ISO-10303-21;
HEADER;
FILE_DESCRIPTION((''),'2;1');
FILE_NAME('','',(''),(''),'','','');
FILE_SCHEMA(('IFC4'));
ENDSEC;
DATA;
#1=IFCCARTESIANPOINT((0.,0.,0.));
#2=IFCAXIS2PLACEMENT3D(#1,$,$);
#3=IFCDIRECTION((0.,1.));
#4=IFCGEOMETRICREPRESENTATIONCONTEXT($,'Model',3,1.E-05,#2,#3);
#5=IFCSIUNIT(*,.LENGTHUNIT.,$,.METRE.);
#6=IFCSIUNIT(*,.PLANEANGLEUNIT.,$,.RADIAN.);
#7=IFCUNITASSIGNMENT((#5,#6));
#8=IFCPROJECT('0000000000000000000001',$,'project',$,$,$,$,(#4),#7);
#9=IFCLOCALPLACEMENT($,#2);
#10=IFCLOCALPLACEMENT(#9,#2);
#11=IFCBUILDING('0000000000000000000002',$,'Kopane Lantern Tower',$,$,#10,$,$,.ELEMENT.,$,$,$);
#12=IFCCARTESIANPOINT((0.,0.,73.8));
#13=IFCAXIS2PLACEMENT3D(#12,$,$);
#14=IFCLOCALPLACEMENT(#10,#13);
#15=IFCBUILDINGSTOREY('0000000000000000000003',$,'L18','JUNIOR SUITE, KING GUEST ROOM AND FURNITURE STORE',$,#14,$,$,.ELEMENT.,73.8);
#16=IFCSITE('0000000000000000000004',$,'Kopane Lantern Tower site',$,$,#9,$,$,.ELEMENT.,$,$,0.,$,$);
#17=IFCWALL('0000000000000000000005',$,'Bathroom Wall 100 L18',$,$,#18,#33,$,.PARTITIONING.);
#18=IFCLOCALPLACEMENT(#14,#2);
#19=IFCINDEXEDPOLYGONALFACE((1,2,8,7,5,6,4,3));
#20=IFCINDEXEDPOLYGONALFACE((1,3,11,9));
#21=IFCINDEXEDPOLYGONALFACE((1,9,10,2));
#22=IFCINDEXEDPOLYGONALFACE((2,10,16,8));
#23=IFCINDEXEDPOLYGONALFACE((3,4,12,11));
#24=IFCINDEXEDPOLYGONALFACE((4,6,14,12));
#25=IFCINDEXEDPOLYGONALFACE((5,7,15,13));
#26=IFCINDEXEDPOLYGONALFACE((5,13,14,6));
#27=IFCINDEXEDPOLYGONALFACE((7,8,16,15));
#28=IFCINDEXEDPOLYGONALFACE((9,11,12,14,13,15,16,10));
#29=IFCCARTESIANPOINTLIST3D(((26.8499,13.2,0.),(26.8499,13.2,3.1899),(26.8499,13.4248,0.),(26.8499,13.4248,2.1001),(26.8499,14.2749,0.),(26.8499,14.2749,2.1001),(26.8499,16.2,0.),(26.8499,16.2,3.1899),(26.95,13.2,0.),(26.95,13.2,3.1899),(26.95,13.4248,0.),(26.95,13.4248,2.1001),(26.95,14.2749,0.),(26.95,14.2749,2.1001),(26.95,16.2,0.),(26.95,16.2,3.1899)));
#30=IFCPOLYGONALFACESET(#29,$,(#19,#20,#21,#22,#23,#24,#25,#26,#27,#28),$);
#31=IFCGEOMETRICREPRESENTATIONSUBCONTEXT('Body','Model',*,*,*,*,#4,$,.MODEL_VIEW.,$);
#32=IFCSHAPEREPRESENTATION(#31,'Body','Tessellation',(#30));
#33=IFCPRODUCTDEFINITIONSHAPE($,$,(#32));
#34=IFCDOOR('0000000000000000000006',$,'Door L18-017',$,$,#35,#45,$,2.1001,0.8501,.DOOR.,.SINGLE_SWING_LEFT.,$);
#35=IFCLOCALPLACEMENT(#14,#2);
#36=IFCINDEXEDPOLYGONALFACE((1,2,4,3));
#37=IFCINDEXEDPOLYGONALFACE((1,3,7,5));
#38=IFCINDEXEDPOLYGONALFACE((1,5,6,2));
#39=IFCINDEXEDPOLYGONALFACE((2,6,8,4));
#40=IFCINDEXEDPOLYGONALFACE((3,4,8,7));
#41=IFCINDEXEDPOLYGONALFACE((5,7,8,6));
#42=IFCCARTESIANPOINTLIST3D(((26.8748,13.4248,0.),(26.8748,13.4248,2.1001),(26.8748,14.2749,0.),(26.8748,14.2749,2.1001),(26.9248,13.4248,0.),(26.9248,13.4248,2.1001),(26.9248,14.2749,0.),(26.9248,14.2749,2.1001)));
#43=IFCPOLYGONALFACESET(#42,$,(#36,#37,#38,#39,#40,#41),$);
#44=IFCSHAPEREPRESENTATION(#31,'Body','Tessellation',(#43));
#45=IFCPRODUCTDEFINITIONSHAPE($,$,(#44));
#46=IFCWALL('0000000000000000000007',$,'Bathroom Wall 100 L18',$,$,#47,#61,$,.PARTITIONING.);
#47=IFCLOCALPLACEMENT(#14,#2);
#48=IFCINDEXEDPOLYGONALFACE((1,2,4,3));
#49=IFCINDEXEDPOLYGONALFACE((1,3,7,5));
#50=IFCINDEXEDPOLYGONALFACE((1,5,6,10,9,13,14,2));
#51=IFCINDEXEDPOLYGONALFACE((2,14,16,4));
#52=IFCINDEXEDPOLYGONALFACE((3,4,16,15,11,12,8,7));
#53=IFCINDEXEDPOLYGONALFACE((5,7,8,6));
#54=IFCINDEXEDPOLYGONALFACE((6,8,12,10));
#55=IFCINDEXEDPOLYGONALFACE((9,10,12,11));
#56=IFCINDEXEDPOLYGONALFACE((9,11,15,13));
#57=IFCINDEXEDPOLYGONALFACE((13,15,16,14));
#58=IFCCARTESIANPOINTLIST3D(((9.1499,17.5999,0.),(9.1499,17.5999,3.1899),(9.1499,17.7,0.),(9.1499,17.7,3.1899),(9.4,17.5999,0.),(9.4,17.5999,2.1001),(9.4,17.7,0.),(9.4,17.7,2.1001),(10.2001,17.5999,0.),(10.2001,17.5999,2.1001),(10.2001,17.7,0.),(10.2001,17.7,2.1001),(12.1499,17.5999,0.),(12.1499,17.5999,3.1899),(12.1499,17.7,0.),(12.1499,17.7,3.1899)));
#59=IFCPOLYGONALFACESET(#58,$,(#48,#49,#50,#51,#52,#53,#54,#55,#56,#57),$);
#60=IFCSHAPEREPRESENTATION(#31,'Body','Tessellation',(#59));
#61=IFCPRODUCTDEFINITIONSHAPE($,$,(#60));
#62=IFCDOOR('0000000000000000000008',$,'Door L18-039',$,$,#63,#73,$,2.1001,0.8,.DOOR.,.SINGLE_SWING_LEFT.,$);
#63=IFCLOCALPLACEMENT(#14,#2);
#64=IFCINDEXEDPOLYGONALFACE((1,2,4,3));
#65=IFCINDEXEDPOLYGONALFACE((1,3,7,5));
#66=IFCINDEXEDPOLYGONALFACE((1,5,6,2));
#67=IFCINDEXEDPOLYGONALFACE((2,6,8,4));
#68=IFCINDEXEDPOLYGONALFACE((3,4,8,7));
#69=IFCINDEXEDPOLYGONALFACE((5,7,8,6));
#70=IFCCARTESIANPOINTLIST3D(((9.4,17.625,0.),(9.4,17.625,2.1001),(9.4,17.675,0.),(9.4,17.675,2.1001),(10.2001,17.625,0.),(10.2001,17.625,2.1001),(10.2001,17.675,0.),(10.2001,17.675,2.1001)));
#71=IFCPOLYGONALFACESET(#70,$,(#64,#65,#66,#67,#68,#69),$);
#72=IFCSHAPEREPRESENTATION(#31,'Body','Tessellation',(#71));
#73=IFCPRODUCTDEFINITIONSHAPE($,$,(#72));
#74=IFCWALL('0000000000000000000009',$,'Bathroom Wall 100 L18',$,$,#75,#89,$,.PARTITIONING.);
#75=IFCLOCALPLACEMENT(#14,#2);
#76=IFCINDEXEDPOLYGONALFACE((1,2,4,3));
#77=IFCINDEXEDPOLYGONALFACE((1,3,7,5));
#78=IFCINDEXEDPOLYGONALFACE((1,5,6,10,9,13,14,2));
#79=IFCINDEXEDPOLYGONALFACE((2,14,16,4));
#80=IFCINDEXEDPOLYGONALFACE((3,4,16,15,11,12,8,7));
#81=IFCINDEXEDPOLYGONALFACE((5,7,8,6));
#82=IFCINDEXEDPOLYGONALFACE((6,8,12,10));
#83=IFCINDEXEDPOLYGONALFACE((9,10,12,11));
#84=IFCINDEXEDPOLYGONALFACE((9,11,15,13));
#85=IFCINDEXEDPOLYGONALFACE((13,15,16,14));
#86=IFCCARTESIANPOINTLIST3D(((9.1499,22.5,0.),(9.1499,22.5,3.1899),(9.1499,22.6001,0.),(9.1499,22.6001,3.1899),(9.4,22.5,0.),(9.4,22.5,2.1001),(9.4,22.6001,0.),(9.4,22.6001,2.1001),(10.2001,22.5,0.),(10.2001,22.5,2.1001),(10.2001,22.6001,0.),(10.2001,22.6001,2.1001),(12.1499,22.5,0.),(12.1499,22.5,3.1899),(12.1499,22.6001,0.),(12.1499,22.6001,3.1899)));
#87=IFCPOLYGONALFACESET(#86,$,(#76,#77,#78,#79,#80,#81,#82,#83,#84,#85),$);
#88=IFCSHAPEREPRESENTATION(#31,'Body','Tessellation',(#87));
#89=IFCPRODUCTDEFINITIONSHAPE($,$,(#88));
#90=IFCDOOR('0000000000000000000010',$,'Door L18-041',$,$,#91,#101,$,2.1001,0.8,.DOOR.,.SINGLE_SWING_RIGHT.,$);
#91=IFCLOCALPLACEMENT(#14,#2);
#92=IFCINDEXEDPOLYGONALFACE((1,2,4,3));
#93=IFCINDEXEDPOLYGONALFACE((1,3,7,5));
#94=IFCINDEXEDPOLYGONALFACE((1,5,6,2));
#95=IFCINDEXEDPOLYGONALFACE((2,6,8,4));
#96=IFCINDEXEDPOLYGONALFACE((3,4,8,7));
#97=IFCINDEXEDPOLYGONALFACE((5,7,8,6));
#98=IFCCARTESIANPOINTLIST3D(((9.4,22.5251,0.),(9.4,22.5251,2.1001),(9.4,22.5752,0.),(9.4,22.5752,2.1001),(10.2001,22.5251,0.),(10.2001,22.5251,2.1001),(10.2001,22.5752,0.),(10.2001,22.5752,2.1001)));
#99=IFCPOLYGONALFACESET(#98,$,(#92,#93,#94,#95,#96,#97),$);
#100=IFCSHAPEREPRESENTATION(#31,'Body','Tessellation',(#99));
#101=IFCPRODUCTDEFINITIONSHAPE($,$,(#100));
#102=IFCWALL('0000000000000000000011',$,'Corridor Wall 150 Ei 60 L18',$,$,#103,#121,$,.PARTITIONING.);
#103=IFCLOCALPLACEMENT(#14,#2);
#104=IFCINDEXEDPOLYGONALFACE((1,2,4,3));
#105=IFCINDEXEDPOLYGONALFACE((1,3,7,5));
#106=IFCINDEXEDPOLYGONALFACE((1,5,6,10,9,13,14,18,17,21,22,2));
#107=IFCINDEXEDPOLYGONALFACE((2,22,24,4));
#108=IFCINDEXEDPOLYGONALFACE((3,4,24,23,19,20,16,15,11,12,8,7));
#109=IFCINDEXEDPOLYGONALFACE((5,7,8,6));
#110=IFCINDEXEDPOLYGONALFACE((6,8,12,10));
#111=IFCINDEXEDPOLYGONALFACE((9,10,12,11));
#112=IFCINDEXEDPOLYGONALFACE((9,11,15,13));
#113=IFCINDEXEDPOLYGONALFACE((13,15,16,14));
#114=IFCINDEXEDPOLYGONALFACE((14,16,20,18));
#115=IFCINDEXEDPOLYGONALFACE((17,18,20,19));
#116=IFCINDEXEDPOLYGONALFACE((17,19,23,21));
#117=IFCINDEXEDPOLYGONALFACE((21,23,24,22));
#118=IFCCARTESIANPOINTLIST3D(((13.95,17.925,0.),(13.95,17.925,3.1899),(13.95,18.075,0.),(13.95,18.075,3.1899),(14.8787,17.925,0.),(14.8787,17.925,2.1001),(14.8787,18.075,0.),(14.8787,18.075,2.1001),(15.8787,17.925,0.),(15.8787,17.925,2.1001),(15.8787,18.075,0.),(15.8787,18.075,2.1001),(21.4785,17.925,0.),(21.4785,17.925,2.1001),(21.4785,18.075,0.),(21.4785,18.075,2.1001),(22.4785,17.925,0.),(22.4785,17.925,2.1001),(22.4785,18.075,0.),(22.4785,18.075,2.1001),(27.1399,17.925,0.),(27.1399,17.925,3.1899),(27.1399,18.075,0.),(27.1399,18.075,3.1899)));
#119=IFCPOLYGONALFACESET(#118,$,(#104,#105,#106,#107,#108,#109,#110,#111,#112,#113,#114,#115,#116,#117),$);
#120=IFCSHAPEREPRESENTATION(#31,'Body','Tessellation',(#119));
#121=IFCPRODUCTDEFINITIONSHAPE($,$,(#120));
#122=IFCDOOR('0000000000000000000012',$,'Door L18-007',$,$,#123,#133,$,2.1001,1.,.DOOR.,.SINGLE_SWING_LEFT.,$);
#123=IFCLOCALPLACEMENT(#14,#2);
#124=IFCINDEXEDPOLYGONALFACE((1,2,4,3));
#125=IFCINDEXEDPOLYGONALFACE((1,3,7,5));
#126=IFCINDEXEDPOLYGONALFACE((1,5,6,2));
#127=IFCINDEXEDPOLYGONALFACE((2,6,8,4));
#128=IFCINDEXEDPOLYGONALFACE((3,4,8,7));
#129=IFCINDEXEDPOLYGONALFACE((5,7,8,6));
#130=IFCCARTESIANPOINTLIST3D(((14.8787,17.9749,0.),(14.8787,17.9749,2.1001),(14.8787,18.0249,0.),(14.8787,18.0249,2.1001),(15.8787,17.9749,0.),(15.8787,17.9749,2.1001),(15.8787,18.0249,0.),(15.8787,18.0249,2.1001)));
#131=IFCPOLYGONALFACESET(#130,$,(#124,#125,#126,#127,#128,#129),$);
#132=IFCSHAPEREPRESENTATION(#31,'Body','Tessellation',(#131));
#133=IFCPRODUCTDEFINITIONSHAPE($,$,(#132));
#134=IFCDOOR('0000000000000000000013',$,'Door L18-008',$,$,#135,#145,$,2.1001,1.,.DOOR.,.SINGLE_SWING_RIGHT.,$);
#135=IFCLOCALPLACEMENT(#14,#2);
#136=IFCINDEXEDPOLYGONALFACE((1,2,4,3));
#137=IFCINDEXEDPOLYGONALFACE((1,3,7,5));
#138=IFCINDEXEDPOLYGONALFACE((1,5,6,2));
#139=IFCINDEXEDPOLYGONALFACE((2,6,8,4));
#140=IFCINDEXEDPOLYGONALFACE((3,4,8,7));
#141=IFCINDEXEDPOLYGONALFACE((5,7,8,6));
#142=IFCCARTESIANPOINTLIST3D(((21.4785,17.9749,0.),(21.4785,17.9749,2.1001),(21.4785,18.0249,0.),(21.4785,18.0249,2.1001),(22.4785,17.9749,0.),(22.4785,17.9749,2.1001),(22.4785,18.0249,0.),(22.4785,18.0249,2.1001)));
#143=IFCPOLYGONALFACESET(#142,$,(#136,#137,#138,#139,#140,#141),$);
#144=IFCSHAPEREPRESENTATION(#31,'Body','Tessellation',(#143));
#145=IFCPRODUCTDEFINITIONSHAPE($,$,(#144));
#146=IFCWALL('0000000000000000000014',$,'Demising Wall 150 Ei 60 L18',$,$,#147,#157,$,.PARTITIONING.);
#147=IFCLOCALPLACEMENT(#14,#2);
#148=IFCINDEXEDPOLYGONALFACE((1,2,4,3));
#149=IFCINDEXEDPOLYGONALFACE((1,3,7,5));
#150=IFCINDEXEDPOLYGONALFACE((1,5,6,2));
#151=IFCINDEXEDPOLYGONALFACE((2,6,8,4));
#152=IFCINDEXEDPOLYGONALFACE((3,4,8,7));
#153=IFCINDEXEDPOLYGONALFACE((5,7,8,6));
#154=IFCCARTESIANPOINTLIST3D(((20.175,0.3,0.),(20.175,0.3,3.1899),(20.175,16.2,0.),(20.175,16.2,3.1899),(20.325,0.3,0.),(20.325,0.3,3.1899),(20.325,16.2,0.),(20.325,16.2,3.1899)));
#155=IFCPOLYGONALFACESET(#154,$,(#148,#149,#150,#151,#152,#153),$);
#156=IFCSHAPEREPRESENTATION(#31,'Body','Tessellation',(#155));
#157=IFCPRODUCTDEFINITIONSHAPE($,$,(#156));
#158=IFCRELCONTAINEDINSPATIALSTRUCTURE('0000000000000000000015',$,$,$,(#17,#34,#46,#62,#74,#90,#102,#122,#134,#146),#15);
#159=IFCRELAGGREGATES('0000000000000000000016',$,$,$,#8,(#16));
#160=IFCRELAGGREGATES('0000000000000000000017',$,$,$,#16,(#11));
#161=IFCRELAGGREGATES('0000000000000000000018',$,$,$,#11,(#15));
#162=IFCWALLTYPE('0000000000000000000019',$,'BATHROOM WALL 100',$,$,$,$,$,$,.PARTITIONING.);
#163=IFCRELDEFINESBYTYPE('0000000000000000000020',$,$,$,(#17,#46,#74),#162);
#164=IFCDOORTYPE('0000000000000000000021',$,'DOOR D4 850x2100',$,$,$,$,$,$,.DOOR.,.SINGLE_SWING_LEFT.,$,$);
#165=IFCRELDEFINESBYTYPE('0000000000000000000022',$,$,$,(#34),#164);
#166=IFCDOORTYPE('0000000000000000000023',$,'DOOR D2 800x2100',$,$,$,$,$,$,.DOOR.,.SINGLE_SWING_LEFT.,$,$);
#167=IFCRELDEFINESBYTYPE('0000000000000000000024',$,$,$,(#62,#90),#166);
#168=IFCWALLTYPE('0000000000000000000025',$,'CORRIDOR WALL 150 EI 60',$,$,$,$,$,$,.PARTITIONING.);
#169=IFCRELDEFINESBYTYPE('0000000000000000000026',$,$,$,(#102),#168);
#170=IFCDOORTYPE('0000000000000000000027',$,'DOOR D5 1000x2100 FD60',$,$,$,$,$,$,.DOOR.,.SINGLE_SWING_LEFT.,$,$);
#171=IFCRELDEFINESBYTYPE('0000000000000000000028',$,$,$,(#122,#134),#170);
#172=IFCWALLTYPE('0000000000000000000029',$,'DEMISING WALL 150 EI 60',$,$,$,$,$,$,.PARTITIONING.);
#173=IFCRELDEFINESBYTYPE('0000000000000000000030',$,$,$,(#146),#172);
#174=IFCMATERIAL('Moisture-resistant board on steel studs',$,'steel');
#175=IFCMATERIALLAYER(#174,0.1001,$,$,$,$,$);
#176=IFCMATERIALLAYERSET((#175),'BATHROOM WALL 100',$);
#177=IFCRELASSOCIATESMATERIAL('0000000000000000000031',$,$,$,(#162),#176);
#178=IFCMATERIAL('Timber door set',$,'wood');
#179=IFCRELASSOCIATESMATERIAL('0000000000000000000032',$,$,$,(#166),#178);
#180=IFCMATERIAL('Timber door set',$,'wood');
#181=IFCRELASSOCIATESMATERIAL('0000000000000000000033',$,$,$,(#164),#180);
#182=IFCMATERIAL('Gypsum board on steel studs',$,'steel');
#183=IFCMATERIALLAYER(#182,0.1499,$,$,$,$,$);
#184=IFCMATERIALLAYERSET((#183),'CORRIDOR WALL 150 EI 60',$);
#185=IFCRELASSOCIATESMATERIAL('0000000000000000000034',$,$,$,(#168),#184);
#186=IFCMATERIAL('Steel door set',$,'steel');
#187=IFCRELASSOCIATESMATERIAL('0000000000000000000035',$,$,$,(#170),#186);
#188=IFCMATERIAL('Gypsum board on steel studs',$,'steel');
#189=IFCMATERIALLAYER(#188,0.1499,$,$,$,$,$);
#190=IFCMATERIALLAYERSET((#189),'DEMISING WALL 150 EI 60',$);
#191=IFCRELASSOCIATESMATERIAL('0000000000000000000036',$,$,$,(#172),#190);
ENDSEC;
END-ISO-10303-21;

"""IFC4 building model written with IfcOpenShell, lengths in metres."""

from ifc_helpers import new_model, si_unit, direction, frame, frame_2d, origin, place, context, subcontext, project, spatial, rectangle, extrude, material, layer, layer_set, type_object, element, fill, save


model = new_model("IFC4")

# Units and contexts
model_context = context("Model", 3, precision=1e-05, world=origin(), true_north=direction((0.0, 1.0)))
body_context = subcontext(model_context, "Body", "Model", "MODEL_VIEW")
ifc_project = project(units=[si_unit("LENGTHUNIT", "METRE"), si_unit("PLANEANGLEUNIT", "RADIAN")], contexts=[model_context])

# Site, building, storey
site_placement = place(None, origin())
site = spatial("IfcSite", under=ifc_project, at=site_placement, Name="Kopane Lantern Tower site", CompositionType="ELEMENT", RefElevation=0.0)
building_placement = place(site_placement, origin())
building = spatial("IfcBuilding", under=site, at=building_placement, Name="Kopane Lantern Tower", CompositionType="ELEMENT")
storey_placement = place(building_placement, frame((0.0, 0.0, 73.8)))
storey = spatial("IfcBuildingStorey", under=building, at=storey_placement, Name="L18", Description="JUNIOR SUITE, KING GUEST ROOM AND FURNITURE STORE", CompositionType="ELEMENT", Elevation=73.8)

# Walls, openings, doors
ifc_material_1 = material(Name="Moisture-resistant board on steel studs", Category="steel")
ifc_layer_1 = layer(ifc_material_1, 0.1001)
ifc_layer_set_1 = layer_set([ifc_layer_1], Name="BATHROOM WALL 100")
wall_type_1 = type_object("IfcWallType", Name="BATHROOM WALL 100", PredefinedType="PARTITIONING", material=ifc_layer_set_1)
ifc_material_2 = material(Name="Timber door set", Category="wood")
door_type_1 = type_object("IfcDoorType", Name="DOOR D2 800x2100", OperationType="SINGLE_SWING_LEFT", PredefinedType="DOOR", material=ifc_material_2)
wall_1_placement = place(storey_placement, frame((26.8999, 16.2, 0.0), z_axis=(0.0, 0.0, 1.0), x_axis=(0.0, -1.0, 0.0)))
wall_1 = element("IfcWall", 1, at=wall_1_placement, inside=storey, type_object=wall_type_1, Name="Bathroom Wall 100 L18", PredefinedType="PARTITIONING", context=body_context, shape_type="SweptSolid", body=[
    extrude(rectangle(XDim=3.0, YDim=0.1001, at=frame_2d((1.5, 0.0))), origin(), (0.0, 0.0, 1.0), 3.1899),
])
opening_1_placement = place(wall_1_placement, frame((1.925, 0.0, 0.0)))
opening_1 = element("IfcOpeningElement", 2, at=opening_1_placement, cuts=wall_1, PredefinedType="OPENING", context=body_context, shape_type="SweptSolid", body=[
    extrude(rectangle(XDim=0.8501, YDim=2.1001, at=frame_2d((0.425, 1.05))), frame((0.0, 0.0601, 0.0), z_axis=(0.0, -1.0, 0.0), x_axis=(1.0, 0.0, 0.0)), (0.0, 0.0, 1.0), 0.1201),
])
ifc_material_3 = material(Name="Timber door set", Category="wood")
door_type_2 = type_object("IfcDoorType", Name="DOOR D4 850x2100", OperationType="SINGLE_SWING_LEFT", PredefinedType="DOOR", material=ifc_material_3)
door_1_placement = place(opening_1_placement, origin())
door_1 = element("IfcDoor", 3, at=door_1_placement, inside=storey, type_object=door_type_2, Name="Door L18-017", OperationType="SINGLE_SWING_LEFT", OverallHeight=2.1001, OverallWidth=0.8501, PredefinedType="DOOR", context=body_context, shape_type="SweptSolid", body=[
    extrude(rectangle(XDim=0.8501, YDim=2.1001, at=frame_2d((0.425, 1.05))), frame((0.0, 0.0249, 0.0), z_axis=(0.0, -1.0, 0.0), x_axis=(1.0, 0.0, 0.0)), (0.0, 0.0, 1.0), 0.05),
])
fill(opening_1, door_1)
wall_2_placement = place(storey_placement, frame((12.1499, 17.6499, 0.0), z_axis=(0.0, 0.0, 1.0), x_axis=(-1.0, 0.0, 0.0)))
wall_2 = element("IfcWall", 4, at=wall_2_placement, inside=storey, type_object=wall_type_1, Name="Bathroom Wall 100 L18", PredefinedType="PARTITIONING", context=body_context, shape_type="SweptSolid", body=[
    extrude(rectangle(XDim=3.0, YDim=0.1001, at=frame_2d((1.5, 0.0))), origin(), (0.0, 0.0, 1.0), 3.1899),
])
opening_2_placement = place(wall_2_placement, frame((1.95, 0.0, 0.0)))
opening_2 = element("IfcOpeningElement", 5, at=opening_2_placement, cuts=wall_2, PredefinedType="OPENING", context=body_context, shape_type="SweptSolid", body=[
    extrude(rectangle(XDim=0.8, YDim=2.1001, at=frame_2d((0.3999, 1.05))), frame((0.0, 0.0601, 0.0), z_axis=(0.0, -1.0, 0.0), x_axis=(1.0, 0.0, 0.0)), (0.0, 0.0, 1.0), 0.1201),
])
door_2_placement = place(opening_2_placement, origin())
door_2 = element("IfcDoor", 6, at=door_2_placement, inside=storey, type_object=door_type_1, Name="Door L18-039", OperationType="SINGLE_SWING_LEFT", OverallHeight=2.1001, OverallWidth=0.8, PredefinedType="DOOR", context=body_context, shape_type="SweptSolid", body=[
    extrude(rectangle(XDim=0.8, YDim=2.1001, at=frame_2d((0.3999, 1.05))), frame((0.0, 0.0249, 0.0), z_axis=(0.0, -1.0, 0.0), x_axis=(1.0, 0.0, 0.0)), (0.0, 0.0, 1.0), 0.05),
])
fill(opening_2, door_2)
wall_3_placement = place(storey_placement, frame((12.1499, 22.55, 0.0), z_axis=(0.0, 0.0, 1.0), x_axis=(-1.0, 0.0, 0.0)))
wall_3 = element("IfcWall", 7, at=wall_3_placement, inside=storey, type_object=wall_type_1, Name="Bathroom Wall 100 L18", PredefinedType="PARTITIONING", context=body_context, shape_type="SweptSolid", body=[
    extrude(rectangle(XDim=3.0, YDim=0.1001, at=frame_2d((1.5, 0.0))), origin(), (0.0, 0.0, 1.0), 3.1899),
])
opening_3_placement = place(wall_3_placement, frame((1.95, 0.0, 0.0)))
opening_3 = element("IfcOpeningElement", 8, at=opening_3_placement, cuts=wall_3, PredefinedType="OPENING", context=body_context, shape_type="SweptSolid", body=[
    extrude(rectangle(XDim=0.8, YDim=2.1001, at=frame_2d((0.3999, 1.05))), frame((0.0, 0.0601, 0.0), z_axis=(0.0, -1.0, 0.0), x_axis=(1.0, 0.0, 0.0)), (0.0, 0.0, 1.0), 0.1201),
])
door_3_placement = place(opening_3_placement, origin())
door_3 = element("IfcDoor", 9, at=door_3_placement, inside=storey, type_object=door_type_1, Name="Door L18-041", OperationType="SINGLE_SWING_RIGHT", OverallHeight=2.1001, OverallWidth=0.8, PredefinedType="DOOR", context=body_context, shape_type="SweptSolid", body=[
    extrude(rectangle(XDim=0.8, YDim=2.1001, at=frame_2d((0.3999, 1.05))), frame((0.0, 0.0249, 0.0), z_axis=(0.0, -1.0, 0.0), x_axis=(1.0, 0.0, 0.0)), (0.0, 0.0, 1.0), 0.05),
])
fill(opening_3, door_3)

# Wall, openings, doors
ifc_material_4 = material(Name="Gypsum board on steel studs", Category="steel")
ifc_layer_2 = layer(ifc_material_4, 0.1499)
ifc_layer_set_2 = layer_set([ifc_layer_2], Name="CORRIDOR WALL 150 EI 60")
wall_type_2 = type_object("IfcWallType", Name="CORRIDOR WALL 150 EI 60", PredefinedType="PARTITIONING", material=ifc_layer_set_2)
wall_4_placement = place(storey_placement, frame((13.95, 18.0, 0.0), z_axis=(0.0, 0.0, 1.0), x_axis=(1.0, 0.0, 0.0)))
wall_4 = element("IfcWall", 10, at=wall_4_placement, inside=storey, type_object=wall_type_2, Name="Corridor Wall 150 Ei 60 L18", PredefinedType="PARTITIONING", context=body_context, shape_type="SweptSolid", body=[
    extrude(rectangle(XDim=13.1899, YDim=0.1499, at=frame_2d((6.595, 0.0))), origin(), (0.0, 0.0, 1.0), 3.1899),
])
opening_4_placement = place(wall_4_placement, frame((0.9287, 0.0, 0.0)))
opening_4 = element("IfcOpeningElement", 11, at=opening_4_placement, cuts=wall_4, PredefinedType="OPENING", context=body_context, shape_type="SweptSolid", body=[
    extrude(rectangle(XDim=1.0, YDim=2.1001, at=frame_2d((0.5, 1.05))), frame((0.0, 0.085, 0.0), z_axis=(0.0, -1.0, 0.0), x_axis=(1.0, 0.0, 0.0)), (0.0, 0.0, 1.0), 0.1699),
])
opening_5_placement = place(wall_4_placement, frame((7.5286, 0.0, 0.0)))
opening_5 = element("IfcOpeningElement", 12, at=opening_5_placement, cuts=wall_4, PredefinedType="OPENING", context=body_context, shape_type="SweptSolid", body=[
    extrude(rectangle(XDim=1.0, YDim=2.1001, at=frame_2d((0.5, 1.05))), frame((0.0, 0.085, 0.0), z_axis=(0.0, -1.0, 0.0), x_axis=(1.0, 0.0, 0.0)), (0.0, 0.0, 1.0), 0.1699),
])
ifc_material_5 = material(Name="Steel door set", Category="steel")
door_type_3 = type_object("IfcDoorType", Name="DOOR D5 1000x2100 FD60", OperationType="SINGLE_SWING_LEFT", PredefinedType="DOOR", material=ifc_material_5)
door_4_placement = place(opening_4_placement, origin())
door_4 = element("IfcDoor", 13, at=door_4_placement, inside=storey, type_object=door_type_3, Name="Door L18-007", OperationType="SINGLE_SWING_LEFT", OverallHeight=2.1001, OverallWidth=1.0, PredefinedType="DOOR", context=body_context, shape_type="SweptSolid", body=[
    extrude(rectangle(XDim=1.0, YDim=2.1001, at=frame_2d((0.5, 1.05))), frame((0.0, 0.0249, 0.0), z_axis=(0.0, -1.0, 0.0), x_axis=(1.0, 0.0, 0.0)), (0.0, 0.0, 1.0), 0.05),
])
fill(opening_4, door_4)
door_5_placement = place(opening_5_placement, origin())
door_5 = element("IfcDoor", 14, at=door_5_placement, inside=storey, type_object=door_type_3, Name="Door L18-008", OperationType="SINGLE_SWING_RIGHT", OverallHeight=2.1001, OverallWidth=1.0, PredefinedType="DOOR", context=body_context, shape_type="SweptSolid", body=[
    extrude(rectangle(XDim=1.0, YDim=2.1001, at=frame_2d((0.5, 1.05))), frame((0.0, 0.0249, 0.0), z_axis=(0.0, -1.0, 0.0), x_axis=(1.0, 0.0, 0.0)), (0.0, 0.0, 1.0), 0.05),
])
fill(opening_5, door_5)

# Wall
ifc_material_6 = material(Name="Gypsum board on steel studs", Category="steel")
ifc_layer_3 = layer(ifc_material_6, 0.1499)
ifc_layer_set_3 = layer_set([ifc_layer_3], Name="DEMISING WALL 150 EI 60")
wall_type_3 = type_object("IfcWallType", Name="DEMISING WALL 150 EI 60", PredefinedType="PARTITIONING", material=ifc_layer_set_3)
wall_5_placement = place(storey_placement, frame((20.25, 16.2, 0.0), z_axis=(0.0, 0.0, 1.0), x_axis=(0.0, -1.0, 0.0)))
element("IfcWall", 15, at=wall_5_placement, inside=storey, type_object=wall_type_3, Name="Demising Wall 150 Ei 60 L18", PredefinedType="PARTITIONING", context=body_context, shape_type="SweptSolid", body=[
    extrude(rectangle(XDim=15.8999, YDim=0.1499, at=frame_2d((7.95, 0.0))), origin(), (0.0, 0.0, 1.0), 3.1899),
])

save(model, "model.ifc")
